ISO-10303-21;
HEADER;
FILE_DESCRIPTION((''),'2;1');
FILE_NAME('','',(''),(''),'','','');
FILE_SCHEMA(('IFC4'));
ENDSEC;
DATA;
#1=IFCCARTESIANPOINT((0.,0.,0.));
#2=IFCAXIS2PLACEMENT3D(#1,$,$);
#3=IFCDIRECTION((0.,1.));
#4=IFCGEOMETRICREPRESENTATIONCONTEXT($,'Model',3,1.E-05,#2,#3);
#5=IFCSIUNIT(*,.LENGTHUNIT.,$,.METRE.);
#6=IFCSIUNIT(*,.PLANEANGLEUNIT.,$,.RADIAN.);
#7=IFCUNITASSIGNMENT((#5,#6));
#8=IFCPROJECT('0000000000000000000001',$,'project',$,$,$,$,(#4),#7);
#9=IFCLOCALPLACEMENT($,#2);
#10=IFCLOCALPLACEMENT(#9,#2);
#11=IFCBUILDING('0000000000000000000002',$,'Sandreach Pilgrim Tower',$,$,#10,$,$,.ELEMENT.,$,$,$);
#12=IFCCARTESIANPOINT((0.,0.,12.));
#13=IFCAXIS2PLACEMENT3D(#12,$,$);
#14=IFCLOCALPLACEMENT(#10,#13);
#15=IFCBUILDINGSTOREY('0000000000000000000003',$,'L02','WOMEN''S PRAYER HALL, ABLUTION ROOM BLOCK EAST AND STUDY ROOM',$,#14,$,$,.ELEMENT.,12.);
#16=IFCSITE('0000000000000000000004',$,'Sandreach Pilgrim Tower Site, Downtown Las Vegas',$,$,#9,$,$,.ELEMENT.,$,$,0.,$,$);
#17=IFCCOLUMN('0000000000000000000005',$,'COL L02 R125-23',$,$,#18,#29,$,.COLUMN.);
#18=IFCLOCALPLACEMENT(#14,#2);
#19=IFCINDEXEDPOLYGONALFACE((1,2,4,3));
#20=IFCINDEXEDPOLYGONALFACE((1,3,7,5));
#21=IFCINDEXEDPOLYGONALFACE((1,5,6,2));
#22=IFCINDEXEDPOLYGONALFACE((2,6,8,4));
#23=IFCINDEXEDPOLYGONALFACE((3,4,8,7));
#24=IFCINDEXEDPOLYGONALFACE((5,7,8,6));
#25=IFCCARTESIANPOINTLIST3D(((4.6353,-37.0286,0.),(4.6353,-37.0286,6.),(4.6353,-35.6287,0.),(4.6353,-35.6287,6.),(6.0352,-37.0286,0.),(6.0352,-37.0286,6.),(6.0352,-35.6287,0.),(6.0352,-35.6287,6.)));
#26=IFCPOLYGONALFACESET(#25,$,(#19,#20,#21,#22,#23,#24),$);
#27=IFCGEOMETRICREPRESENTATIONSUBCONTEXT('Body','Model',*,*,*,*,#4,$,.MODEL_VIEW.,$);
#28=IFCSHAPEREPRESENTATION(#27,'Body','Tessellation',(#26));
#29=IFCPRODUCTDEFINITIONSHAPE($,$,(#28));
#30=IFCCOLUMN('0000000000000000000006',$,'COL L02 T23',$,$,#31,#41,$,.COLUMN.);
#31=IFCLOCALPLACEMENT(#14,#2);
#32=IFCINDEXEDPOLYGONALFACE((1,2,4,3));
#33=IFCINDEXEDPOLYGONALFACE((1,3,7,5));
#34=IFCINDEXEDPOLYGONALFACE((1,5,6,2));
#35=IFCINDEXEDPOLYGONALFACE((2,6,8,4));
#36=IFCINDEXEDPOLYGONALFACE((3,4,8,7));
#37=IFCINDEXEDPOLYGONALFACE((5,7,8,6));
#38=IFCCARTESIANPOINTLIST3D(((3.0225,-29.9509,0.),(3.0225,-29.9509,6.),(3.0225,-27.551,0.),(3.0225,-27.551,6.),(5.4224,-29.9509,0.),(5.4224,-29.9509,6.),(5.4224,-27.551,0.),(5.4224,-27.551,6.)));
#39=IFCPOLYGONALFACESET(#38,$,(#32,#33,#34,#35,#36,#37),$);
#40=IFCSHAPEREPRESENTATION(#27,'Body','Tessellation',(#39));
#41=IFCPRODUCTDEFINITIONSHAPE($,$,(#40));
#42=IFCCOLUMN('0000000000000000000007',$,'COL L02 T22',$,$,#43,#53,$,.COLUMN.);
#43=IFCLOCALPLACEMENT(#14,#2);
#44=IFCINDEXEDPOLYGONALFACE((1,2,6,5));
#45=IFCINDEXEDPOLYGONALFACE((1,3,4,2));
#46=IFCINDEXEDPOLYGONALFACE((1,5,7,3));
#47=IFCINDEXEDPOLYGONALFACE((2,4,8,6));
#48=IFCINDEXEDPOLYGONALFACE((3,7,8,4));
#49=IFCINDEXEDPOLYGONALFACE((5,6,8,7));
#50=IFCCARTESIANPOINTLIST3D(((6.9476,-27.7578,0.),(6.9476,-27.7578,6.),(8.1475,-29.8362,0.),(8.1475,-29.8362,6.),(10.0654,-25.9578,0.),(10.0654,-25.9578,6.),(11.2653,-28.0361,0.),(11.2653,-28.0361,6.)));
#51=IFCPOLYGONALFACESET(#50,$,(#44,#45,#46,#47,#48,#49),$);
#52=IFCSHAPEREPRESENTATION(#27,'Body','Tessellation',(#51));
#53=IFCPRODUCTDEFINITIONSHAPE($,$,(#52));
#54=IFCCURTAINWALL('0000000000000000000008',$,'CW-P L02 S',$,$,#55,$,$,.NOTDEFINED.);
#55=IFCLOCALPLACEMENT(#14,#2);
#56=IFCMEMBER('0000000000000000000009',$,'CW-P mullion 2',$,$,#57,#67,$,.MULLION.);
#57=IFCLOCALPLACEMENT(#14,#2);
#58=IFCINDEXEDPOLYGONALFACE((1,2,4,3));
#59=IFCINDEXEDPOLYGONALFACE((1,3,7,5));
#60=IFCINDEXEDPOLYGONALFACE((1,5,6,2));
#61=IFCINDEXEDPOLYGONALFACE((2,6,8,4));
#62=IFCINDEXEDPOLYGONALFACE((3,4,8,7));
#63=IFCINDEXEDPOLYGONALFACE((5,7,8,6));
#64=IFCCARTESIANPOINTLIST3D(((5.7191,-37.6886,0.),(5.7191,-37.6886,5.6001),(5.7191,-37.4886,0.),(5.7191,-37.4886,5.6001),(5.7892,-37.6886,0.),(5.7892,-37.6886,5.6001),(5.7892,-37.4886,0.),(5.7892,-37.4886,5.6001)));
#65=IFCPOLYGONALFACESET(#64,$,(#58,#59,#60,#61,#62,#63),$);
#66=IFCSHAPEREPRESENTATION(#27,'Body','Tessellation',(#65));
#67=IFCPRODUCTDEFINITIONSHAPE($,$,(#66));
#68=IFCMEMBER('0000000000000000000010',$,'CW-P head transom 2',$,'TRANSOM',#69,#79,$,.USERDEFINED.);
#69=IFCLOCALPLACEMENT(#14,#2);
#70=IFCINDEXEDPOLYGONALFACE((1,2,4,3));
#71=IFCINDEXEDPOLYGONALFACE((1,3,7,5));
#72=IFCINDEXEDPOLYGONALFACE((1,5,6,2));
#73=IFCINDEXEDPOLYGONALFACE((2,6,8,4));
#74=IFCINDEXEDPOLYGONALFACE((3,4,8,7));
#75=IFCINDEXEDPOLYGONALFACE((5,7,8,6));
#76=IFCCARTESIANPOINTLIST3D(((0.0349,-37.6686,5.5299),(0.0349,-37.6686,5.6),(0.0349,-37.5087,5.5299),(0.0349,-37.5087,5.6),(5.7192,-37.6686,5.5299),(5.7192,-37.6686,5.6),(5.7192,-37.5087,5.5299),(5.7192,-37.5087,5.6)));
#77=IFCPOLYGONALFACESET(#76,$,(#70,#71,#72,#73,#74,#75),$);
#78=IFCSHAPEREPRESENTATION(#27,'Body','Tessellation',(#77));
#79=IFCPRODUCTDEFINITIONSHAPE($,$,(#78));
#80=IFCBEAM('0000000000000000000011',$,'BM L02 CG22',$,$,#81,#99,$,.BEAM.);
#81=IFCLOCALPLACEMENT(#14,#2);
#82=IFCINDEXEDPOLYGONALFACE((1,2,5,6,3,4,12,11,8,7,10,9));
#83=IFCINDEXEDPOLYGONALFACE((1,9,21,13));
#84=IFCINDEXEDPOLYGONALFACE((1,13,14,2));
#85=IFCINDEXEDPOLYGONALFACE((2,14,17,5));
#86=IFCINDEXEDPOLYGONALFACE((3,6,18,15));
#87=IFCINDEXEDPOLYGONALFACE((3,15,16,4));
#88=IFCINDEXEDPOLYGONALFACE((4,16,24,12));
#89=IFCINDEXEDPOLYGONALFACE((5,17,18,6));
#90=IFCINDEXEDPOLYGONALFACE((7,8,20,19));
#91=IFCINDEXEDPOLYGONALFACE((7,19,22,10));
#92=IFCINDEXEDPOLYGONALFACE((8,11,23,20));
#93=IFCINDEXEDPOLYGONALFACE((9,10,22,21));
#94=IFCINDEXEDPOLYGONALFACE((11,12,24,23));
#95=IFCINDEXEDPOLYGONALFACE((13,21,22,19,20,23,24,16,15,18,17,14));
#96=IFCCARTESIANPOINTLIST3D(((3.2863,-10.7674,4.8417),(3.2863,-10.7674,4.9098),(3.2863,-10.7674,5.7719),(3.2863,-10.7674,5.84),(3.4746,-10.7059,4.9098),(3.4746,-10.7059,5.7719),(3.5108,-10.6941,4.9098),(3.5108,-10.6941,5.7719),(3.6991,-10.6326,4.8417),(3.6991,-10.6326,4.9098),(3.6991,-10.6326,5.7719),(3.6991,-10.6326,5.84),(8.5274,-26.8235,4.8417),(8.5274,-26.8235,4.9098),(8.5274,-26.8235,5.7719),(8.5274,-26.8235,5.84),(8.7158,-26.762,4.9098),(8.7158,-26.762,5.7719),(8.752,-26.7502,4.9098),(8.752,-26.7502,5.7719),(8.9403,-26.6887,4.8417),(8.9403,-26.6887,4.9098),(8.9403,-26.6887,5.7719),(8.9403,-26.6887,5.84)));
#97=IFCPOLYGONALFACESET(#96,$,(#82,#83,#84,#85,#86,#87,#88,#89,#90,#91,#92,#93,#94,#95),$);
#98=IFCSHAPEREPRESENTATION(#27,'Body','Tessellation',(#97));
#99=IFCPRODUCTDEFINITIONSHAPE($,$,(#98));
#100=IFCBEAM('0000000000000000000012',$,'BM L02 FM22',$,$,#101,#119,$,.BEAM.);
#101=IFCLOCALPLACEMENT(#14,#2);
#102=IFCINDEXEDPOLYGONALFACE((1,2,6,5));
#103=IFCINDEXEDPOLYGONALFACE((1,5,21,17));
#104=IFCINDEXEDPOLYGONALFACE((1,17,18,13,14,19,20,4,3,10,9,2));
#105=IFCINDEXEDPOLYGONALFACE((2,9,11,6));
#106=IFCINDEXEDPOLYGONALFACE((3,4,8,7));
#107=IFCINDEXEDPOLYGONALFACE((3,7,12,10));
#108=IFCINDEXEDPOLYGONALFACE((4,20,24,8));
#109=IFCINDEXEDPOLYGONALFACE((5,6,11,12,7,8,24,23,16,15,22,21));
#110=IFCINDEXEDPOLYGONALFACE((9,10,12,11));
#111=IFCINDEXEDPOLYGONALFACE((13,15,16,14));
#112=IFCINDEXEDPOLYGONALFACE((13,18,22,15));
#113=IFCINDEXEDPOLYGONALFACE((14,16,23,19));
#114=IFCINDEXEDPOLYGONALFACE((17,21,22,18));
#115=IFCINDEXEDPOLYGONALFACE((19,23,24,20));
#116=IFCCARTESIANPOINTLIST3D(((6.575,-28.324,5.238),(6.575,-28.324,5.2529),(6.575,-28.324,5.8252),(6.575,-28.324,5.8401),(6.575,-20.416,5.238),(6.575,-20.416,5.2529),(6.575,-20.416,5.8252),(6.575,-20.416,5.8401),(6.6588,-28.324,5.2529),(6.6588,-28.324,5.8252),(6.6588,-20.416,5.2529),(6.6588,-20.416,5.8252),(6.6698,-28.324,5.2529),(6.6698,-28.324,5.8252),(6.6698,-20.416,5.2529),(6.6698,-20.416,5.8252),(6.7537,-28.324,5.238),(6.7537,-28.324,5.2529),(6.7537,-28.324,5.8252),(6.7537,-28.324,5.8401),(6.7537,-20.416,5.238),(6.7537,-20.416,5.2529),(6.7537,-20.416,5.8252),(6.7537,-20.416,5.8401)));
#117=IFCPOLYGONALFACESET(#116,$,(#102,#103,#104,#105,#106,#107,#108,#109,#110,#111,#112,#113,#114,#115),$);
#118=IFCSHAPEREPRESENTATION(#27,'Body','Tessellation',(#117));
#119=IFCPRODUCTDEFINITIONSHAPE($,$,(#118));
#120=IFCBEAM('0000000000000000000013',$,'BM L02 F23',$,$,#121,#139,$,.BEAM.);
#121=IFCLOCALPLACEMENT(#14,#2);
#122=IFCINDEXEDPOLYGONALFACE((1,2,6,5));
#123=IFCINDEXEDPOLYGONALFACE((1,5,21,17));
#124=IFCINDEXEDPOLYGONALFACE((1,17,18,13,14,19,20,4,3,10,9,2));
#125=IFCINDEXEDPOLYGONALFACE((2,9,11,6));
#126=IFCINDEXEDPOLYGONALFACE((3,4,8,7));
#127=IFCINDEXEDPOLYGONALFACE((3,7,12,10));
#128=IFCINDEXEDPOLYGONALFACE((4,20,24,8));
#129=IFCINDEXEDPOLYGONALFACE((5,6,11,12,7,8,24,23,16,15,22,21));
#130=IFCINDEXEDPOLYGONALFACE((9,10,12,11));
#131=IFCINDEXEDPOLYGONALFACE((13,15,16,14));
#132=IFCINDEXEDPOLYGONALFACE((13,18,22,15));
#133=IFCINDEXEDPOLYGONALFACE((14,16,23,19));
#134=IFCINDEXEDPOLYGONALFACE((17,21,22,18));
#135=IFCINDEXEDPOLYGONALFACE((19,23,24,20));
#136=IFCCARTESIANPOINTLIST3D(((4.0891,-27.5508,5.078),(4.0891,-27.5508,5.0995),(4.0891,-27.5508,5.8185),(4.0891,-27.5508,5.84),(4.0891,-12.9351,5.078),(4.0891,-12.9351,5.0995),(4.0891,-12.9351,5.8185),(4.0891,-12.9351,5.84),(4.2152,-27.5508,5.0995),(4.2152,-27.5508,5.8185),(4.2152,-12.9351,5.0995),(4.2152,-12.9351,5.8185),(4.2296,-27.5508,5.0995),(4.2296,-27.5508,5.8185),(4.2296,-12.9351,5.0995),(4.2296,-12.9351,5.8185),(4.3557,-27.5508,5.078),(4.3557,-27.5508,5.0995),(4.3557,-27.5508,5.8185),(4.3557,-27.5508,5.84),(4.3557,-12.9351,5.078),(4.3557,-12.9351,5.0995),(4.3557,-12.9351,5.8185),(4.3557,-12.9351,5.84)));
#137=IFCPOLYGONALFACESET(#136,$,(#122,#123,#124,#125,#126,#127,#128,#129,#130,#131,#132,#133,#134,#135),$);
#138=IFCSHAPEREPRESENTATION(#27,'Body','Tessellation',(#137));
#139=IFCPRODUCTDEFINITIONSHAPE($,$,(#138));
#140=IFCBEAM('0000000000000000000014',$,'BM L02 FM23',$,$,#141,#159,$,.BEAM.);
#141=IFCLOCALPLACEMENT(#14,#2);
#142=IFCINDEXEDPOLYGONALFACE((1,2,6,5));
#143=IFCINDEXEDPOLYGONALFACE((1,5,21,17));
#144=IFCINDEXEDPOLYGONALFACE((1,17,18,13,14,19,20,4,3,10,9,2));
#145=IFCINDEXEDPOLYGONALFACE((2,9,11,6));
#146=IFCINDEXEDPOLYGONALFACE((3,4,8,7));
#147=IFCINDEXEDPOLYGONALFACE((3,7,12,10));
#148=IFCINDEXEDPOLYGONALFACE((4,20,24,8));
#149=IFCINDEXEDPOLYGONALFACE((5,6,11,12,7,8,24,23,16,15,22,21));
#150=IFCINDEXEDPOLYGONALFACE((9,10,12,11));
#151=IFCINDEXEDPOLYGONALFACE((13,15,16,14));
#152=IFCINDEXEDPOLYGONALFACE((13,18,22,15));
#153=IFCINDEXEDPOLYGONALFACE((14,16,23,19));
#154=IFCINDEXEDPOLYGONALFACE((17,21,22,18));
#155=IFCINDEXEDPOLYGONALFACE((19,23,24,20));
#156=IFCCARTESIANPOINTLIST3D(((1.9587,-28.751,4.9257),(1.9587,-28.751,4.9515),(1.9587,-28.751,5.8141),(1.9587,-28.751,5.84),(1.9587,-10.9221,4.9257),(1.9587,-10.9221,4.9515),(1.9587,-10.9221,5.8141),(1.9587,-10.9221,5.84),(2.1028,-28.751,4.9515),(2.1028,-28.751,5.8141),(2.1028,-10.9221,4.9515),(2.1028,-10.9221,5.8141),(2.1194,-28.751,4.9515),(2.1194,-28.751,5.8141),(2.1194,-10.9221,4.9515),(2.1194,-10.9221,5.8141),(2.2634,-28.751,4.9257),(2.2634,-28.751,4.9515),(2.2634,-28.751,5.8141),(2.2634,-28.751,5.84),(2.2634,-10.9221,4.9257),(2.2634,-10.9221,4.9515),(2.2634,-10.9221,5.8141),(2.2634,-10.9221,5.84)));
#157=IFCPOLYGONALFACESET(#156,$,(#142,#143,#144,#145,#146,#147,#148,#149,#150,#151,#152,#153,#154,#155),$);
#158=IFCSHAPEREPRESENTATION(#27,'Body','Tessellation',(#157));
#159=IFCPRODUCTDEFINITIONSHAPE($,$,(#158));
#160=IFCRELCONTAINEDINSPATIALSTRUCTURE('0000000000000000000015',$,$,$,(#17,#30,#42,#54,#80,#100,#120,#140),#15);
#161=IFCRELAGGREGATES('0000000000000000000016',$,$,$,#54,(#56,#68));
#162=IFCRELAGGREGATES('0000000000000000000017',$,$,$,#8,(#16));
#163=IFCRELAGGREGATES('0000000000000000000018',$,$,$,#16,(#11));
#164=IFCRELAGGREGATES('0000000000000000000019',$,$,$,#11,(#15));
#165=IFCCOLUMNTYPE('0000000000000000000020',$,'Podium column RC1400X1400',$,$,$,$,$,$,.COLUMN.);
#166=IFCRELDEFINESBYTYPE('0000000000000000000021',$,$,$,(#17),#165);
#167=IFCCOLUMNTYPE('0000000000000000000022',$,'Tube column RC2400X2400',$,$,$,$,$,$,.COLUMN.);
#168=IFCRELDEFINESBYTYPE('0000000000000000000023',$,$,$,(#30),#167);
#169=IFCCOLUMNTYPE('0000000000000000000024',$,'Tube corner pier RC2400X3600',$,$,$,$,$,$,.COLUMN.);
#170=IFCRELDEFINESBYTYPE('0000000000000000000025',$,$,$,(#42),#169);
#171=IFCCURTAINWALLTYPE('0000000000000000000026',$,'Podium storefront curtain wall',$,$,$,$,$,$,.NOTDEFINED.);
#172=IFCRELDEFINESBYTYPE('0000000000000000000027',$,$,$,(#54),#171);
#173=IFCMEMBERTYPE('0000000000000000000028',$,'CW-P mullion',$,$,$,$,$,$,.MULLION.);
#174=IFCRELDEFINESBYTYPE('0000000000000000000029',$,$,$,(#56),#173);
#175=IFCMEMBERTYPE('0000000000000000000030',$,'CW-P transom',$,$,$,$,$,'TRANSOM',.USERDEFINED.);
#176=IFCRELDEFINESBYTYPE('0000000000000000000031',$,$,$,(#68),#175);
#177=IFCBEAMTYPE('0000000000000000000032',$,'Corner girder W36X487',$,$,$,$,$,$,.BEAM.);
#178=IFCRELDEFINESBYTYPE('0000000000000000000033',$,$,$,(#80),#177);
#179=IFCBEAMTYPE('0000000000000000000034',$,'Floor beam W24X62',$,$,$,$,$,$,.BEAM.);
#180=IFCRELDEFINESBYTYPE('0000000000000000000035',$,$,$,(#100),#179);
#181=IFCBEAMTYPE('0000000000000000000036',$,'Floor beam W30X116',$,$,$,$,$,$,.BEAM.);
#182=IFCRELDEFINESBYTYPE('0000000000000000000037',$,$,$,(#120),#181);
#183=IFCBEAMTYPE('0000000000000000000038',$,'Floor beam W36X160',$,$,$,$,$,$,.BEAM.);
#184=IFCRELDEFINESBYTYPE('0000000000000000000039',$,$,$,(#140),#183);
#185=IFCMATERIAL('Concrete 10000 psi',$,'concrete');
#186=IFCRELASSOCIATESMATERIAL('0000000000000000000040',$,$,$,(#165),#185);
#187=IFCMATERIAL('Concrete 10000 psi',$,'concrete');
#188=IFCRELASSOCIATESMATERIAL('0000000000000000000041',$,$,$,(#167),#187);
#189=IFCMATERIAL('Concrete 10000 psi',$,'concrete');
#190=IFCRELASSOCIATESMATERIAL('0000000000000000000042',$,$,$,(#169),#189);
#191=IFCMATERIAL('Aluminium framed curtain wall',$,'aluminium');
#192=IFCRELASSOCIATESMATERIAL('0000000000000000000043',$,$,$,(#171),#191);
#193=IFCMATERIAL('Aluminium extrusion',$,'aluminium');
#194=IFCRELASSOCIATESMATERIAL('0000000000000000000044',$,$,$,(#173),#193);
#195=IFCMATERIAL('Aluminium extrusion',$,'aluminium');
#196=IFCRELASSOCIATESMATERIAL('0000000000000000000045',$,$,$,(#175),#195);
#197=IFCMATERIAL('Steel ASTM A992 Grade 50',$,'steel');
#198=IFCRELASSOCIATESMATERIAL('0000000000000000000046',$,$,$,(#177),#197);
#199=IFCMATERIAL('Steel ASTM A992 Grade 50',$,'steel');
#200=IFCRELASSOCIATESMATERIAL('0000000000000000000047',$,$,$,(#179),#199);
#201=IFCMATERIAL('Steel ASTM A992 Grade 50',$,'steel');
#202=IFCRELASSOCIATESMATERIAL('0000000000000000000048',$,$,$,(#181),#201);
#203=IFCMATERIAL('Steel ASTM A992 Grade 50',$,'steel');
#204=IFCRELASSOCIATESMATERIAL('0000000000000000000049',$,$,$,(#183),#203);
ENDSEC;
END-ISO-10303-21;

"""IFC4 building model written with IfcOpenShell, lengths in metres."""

from ifc_helpers import new_model, si_unit, direction, frame, origin, origin_2d, place, context, subcontext, project, spatial, rectangle, i_section, extrude, material, material_profile, profile_set, type_object, element, aggregate, save


model = new_model("IFC4")

# Units and contexts
model_context = context("Model", 3, precision=1e-05, world=origin(), true_north=direction((0.0, 1.0)))
body_context = subcontext(model_context, "Body", "Model", "MODEL_VIEW")
ifc_project = project(units=[si_unit("LENGTHUNIT", "METRE"), si_unit("PLANEANGLEUNIT", "RADIAN")], contexts=[model_context])

# Site, building, storey
site_placement = place(None, origin())
site = spatial("IfcSite", under=ifc_project, at=site_placement, Name="Sandreach Pilgrim Tower Site, Downtown Las Vegas", CompositionType="ELEMENT", RefElevation=0.0)
building_placement = place(site_placement, origin())
building = spatial("IfcBuilding", under=site, at=building_placement, Name="Sandreach Pilgrim Tower", CompositionType="ELEMENT")
storey_placement = place(building_placement, frame((0.0, 0.0, 12.0)))
storey = spatial("IfcBuildingStorey", under=building, at=storey_placement, Name="L02", Description="WOMEN'S PRAYER HALL, ABLUTION ROOM BLOCK EAST AND STUDY ROOM", CompositionType="ELEMENT", Elevation=12.0)

# Columns
ifc_material_1 = material(Name="Concrete 10000 psi", Category="concrete")
ifc_material_profile_1 = material_profile(ifc_material_1, rectangle(XDim=1.3999, YDim=1.3999, at=origin_2d()), Name="RC1400X1400")
ifc_profile_set_1 = profile_set([ifc_material_profile_1], Name="Concrete 10000 psi")
column_type_1 = type_object("IfcColumnType", Name="Podium column RC1400X1400", PredefinedType="COLUMN", material=ifc_profile_set_1)
column_1_placement = place(storey_placement, frame((5.3352, -36.3286, 0.0), z_axis=(0.0, 0.0, 1.0), x_axis=(0.0, -1.0, 0.0)))
element("IfcColumn", 1, at=column_1_placement, inside=storey, type_object=column_type_1, Name="COL L02 R125-23", PredefinedType="COLUMN", context=body_context, shape_type="SweptSolid", body=[
    extrude(rectangle(XDim=1.3999, YDim=1.3999, at=origin_2d()), origin(), (0.0, 0.0, 1.0), 6.0),
])
ifc_material_2 = material(Name="Concrete 10000 psi", Category="concrete")
ifc_material_profile_2 = material_profile(ifc_material_2, rectangle(XDim=2.3999, YDim=2.3999, at=origin_2d()), Name="RC2400X2400")
ifc_profile_set_2 = profile_set([ifc_material_profile_2], Name="Concrete 10000 psi")
column_type_2 = type_object("IfcColumnType", Name="Tube column RC2400X2400", PredefinedType="COLUMN", material=ifc_profile_set_2)
column_2_placement = place(storey_placement, frame((4.2224, -28.751, 0.0), z_axis=(0.0, 0.0, 1.0), x_axis=(0.0, -1.0, 0.0)))
element("IfcColumn", 2, at=column_2_placement, inside=storey, type_object=column_type_2, Name="COL L02 T23", PredefinedType="COLUMN", context=body_context, shape_type="SweptSolid", body=[
    extrude(rectangle(XDim=2.3999, YDim=2.3999, at=origin_2d()), origin(), (0.0, 0.0, 1.0), 6.0),
])
ifc_material_3 = material(Name="Concrete 10000 psi", Category="concrete")
ifc_material_profile_3 = material_profile(ifc_material_3, rectangle(XDim=2.3999, YDim=3.6001, at=origin_2d()), Name="RC2400X3600")
ifc_profile_set_3 = profile_set([ifc_material_profile_3], Name="Concrete 10000 psi")
column_type_3 = type_object("IfcColumnType", Name="Tube corner pier RC2400X3600", PredefinedType="COLUMN", material=ifc_profile_set_3)
column_3_placement = place(storey_placement, frame((9.1064, -27.897, 0.0), z_axis=(0.0, 0.0, 1.0), x_axis=(0.5, -0.866025, 0.0)))
element("IfcColumn", 3, at=column_3_placement, inside=storey, type_object=column_type_3, Name="COL L02 T22", PredefinedType="COLUMN", context=body_context, shape_type="SweptSolid", body=[
    extrude(rectangle(XDim=2.3999, YDim=3.6001, at=origin_2d()), origin(), (0.0, 0.0, 1.0), 6.0),
])

# Curtain wall, members
ifc_material_4 = material(Name="Aluminium framed curtain wall", Category="aluminium")
curtain_wall_type = type_object("IfcCurtainWallType", Name="Podium storefront curtain wall", PredefinedType="NOTDEFINED", material=ifc_material_4)
curtain_wall_placement = place(storey_placement, origin())
curtain_wall = element("IfcCurtainWall", 4, at=curtain_wall_placement, inside=storey, type_object=curtain_wall_type, Name="CW-P L02 S", PredefinedType="NOTDEFINED")
ifc_material_5 = material(Name="Aluminium extrusion", Category="aluminium")
ifc_material_profile_4 = material_profile(ifc_material_5, rectangle(XDim=0.0701, YDim=0.2, at=origin_2d()), Name="CW-PM 70X200")
ifc_profile_set_4 = profile_set([ifc_material_profile_4], Name="Aluminium extrusion")
member_type_1 = type_object("IfcMemberType", Name="CW-P mullion", PredefinedType="MULLION", material=ifc_profile_set_4)
member_1_placement = place(storey_placement, frame((5.7542, -37.5886, 0.0), z_axis=(0.0, 0.0, 1.0), x_axis=(-1.0, 0.0, 0.0)))
member_1 = element("IfcMember", 5, at=member_1_placement, type_object=member_type_1, Name="CW-P mullion 2", PredefinedType="MULLION", context=body_context, shape_type="SweptSolid", body=[
    extrude(rectangle(XDim=0.0701, YDim=0.2, at=origin_2d()), origin(), (0.0, 0.0, 1.0), 5.6001),
])
ifc_material_6 = material(Name="Aluminium extrusion", Category="aluminium")
ifc_material_profile_5 = material_profile(ifc_material_6, rectangle(XDim=0.1599, YDim=0.0701, at=origin_2d()), Name="CW-PT 160X70")
ifc_profile_set_5 = profile_set([ifc_material_profile_5], Name="Aluminium extrusion")
member_type_2 = type_object("IfcMemberType", Name="CW-P transom", ElementType="TRANSOM", PredefinedType="USERDEFINED", material=ifc_profile_set_5)
member_2_placement = place(storey_placement, frame((5.7192, -37.5886, 5.5649), z_axis=(-1.0, 0.0, 0.0), x_axis=(0.0, -1.0, 0.0)))
member_2 = element("IfcMember", 6, at=member_2_placement, type_object=member_type_2, Name="CW-P head transom 2", ObjectType="TRANSOM", PredefinedType="USERDEFINED", context=body_context, shape_type="SweptSolid", body=[
    extrude(rectangle(XDim=0.1599, YDim=0.0701, at=origin_2d()), origin(), (0.0, 0.0, 1.0), 5.6843),
])

# Beams
ifc_material_7 = material(Name="Steel ASTM A992 Grade 50", Category="steel")
ifc_material_profile_6 = material_profile(ifc_material_7, i_section(OverallWidth=0.4343, OverallDepth=0.9983, WebThickness=0.0381, FlangeThickness=0.0681, at=origin_2d()), Name="W36X487")
ifc_profile_set_6 = profile_set([ifc_material_profile_6], Name="Steel ASTM A992 Grade 50")
beam_type_1 = type_object("IfcBeamType", Name="Corner girder W36X487", PredefinedType="BEAM", material=ifc_profile_set_6)
beam_1_placement = place(storey_placement, frame((8.7339, -26.7561, 5.3408), z_axis=(-0.310315, 0.950634, 0.0), x_axis=(-0.950634, -0.310315, 0.0)))
element("IfcBeam", 7, at=beam_1_placement, inside=storey, type_object=beam_type_1, Name="BM L02 CG22", PredefinedType="BEAM", context=body_context, shape_type="SweptSolid", body=[
    extrude(i_section(OverallWidth=0.4343, OverallDepth=0.9983, WebThickness=0.0381, FlangeThickness=0.0681, at=origin_2d()), origin(), (0.0, 0.0, 1.0), 16.8899),
])
ifc_material_8 = material(Name="Steel ASTM A992 Grade 50", Category="steel")
ifc_material_profile_7 = material_profile(ifc_material_8, i_section(OverallWidth=0.1787, OverallDepth=0.6021, WebThickness=0.011, FlangeThickness=0.0149, at=origin_2d()), Name="W24X62")
ifc_profile_set_7 = profile_set([ifc_material_profile_7], Name="Steel ASTM A992 Grade 50")
beam_type_2 = type_object("IfcBeamType", Name="Floor beam W24X62", PredefinedType="BEAM", material=ifc_profile_set_7)
beam_2_placement = place(storey_placement, frame((6.6643, -28.324, 5.5391), z_axis=(0.0, 1.0, 0.0), x_axis=(-1.0, 0.0, 0.0)))
element("IfcBeam", 8, at=beam_2_placement, inside=storey, type_object=beam_type_2, Name="BM L02 FM22", PredefinedType="BEAM", context=body_context, shape_type="SweptSolid", body=[
    extrude(i_section(OverallWidth=0.1787, OverallDepth=0.6021, WebThickness=0.011, FlangeThickness=0.0149, at=origin_2d()), origin(), (0.0, 0.0, 1.0), 7.908),
])
ifc_material_9 = material(Name="Steel ASTM A992 Grade 50", Category="steel")
ifc_material_profile_8 = material_profile(ifc_material_9, i_section(OverallWidth=0.2666, OverallDepth=0.762, WebThickness=0.0144, FlangeThickness=0.0215, at=origin_2d()), Name="W30X116")
ifc_profile_set_8 = profile_set([ifc_material_profile_8], Name="Steel ASTM A992 Grade 50")
beam_type_3 = type_object("IfcBeamType", Name="Floor beam W30X116", PredefinedType="BEAM", material=ifc_profile_set_8)
beam_3_placement = place(storey_placement, frame((4.2224, -27.5508, 5.459), z_axis=(0.0, 1.0, 0.0), x_axis=(-1.0, 0.0, 0.0)))
element("IfcBeam", 9, at=beam_3_placement, inside=storey, type_object=beam_type_3, Name="BM L02 F23", PredefinedType="BEAM", context=body_context, shape_type="SweptSolid", body=[
    extrude(i_section(OverallWidth=0.2666, OverallDepth=0.762, WebThickness=0.0144, FlangeThickness=0.0215, at=origin_2d()), origin(), (0.0, 0.0, 1.0), 14.6157),
])
ifc_material_10 = material(Name="Steel ASTM A992 Grade 50", Category="steel")
ifc_material_profile_9 = material_profile(ifc_material_10, i_section(OverallWidth=0.3047, OverallDepth=0.9143, WebThickness=0.0166, FlangeThickness=0.0259, at=origin_2d()), Name="W36X160")
ifc_profile_set_9 = profile_set([ifc_material_profile_9], Name="Steel ASTM A992 Grade 50")
beam_type_4 = type_object("IfcBeamType", Name="Floor beam W36X160", PredefinedType="BEAM", material=ifc_profile_set_9)
beam_4_placement = place(storey_placement, frame((2.1111, -28.751, 5.3828), z_axis=(0.0, 1.0, 0.0), x_axis=(-1.0, 0.0, 0.0)))
element("IfcBeam", 10, at=beam_4_placement, inside=storey, type_object=beam_type_4, Name="BM L02 FM23", PredefinedType="BEAM", context=body_context, shape_type="SweptSolid", body=[
    extrude(i_section(OverallWidth=0.3047, OverallDepth=0.9143, WebThickness=0.0166, FlangeThickness=0.0259, at=origin_2d()), origin(), (0.0, 0.0, 1.0), 17.8289),
])

aggregate(curtain_wall, [member_1, member_2])

save(model, "model.ifc")
